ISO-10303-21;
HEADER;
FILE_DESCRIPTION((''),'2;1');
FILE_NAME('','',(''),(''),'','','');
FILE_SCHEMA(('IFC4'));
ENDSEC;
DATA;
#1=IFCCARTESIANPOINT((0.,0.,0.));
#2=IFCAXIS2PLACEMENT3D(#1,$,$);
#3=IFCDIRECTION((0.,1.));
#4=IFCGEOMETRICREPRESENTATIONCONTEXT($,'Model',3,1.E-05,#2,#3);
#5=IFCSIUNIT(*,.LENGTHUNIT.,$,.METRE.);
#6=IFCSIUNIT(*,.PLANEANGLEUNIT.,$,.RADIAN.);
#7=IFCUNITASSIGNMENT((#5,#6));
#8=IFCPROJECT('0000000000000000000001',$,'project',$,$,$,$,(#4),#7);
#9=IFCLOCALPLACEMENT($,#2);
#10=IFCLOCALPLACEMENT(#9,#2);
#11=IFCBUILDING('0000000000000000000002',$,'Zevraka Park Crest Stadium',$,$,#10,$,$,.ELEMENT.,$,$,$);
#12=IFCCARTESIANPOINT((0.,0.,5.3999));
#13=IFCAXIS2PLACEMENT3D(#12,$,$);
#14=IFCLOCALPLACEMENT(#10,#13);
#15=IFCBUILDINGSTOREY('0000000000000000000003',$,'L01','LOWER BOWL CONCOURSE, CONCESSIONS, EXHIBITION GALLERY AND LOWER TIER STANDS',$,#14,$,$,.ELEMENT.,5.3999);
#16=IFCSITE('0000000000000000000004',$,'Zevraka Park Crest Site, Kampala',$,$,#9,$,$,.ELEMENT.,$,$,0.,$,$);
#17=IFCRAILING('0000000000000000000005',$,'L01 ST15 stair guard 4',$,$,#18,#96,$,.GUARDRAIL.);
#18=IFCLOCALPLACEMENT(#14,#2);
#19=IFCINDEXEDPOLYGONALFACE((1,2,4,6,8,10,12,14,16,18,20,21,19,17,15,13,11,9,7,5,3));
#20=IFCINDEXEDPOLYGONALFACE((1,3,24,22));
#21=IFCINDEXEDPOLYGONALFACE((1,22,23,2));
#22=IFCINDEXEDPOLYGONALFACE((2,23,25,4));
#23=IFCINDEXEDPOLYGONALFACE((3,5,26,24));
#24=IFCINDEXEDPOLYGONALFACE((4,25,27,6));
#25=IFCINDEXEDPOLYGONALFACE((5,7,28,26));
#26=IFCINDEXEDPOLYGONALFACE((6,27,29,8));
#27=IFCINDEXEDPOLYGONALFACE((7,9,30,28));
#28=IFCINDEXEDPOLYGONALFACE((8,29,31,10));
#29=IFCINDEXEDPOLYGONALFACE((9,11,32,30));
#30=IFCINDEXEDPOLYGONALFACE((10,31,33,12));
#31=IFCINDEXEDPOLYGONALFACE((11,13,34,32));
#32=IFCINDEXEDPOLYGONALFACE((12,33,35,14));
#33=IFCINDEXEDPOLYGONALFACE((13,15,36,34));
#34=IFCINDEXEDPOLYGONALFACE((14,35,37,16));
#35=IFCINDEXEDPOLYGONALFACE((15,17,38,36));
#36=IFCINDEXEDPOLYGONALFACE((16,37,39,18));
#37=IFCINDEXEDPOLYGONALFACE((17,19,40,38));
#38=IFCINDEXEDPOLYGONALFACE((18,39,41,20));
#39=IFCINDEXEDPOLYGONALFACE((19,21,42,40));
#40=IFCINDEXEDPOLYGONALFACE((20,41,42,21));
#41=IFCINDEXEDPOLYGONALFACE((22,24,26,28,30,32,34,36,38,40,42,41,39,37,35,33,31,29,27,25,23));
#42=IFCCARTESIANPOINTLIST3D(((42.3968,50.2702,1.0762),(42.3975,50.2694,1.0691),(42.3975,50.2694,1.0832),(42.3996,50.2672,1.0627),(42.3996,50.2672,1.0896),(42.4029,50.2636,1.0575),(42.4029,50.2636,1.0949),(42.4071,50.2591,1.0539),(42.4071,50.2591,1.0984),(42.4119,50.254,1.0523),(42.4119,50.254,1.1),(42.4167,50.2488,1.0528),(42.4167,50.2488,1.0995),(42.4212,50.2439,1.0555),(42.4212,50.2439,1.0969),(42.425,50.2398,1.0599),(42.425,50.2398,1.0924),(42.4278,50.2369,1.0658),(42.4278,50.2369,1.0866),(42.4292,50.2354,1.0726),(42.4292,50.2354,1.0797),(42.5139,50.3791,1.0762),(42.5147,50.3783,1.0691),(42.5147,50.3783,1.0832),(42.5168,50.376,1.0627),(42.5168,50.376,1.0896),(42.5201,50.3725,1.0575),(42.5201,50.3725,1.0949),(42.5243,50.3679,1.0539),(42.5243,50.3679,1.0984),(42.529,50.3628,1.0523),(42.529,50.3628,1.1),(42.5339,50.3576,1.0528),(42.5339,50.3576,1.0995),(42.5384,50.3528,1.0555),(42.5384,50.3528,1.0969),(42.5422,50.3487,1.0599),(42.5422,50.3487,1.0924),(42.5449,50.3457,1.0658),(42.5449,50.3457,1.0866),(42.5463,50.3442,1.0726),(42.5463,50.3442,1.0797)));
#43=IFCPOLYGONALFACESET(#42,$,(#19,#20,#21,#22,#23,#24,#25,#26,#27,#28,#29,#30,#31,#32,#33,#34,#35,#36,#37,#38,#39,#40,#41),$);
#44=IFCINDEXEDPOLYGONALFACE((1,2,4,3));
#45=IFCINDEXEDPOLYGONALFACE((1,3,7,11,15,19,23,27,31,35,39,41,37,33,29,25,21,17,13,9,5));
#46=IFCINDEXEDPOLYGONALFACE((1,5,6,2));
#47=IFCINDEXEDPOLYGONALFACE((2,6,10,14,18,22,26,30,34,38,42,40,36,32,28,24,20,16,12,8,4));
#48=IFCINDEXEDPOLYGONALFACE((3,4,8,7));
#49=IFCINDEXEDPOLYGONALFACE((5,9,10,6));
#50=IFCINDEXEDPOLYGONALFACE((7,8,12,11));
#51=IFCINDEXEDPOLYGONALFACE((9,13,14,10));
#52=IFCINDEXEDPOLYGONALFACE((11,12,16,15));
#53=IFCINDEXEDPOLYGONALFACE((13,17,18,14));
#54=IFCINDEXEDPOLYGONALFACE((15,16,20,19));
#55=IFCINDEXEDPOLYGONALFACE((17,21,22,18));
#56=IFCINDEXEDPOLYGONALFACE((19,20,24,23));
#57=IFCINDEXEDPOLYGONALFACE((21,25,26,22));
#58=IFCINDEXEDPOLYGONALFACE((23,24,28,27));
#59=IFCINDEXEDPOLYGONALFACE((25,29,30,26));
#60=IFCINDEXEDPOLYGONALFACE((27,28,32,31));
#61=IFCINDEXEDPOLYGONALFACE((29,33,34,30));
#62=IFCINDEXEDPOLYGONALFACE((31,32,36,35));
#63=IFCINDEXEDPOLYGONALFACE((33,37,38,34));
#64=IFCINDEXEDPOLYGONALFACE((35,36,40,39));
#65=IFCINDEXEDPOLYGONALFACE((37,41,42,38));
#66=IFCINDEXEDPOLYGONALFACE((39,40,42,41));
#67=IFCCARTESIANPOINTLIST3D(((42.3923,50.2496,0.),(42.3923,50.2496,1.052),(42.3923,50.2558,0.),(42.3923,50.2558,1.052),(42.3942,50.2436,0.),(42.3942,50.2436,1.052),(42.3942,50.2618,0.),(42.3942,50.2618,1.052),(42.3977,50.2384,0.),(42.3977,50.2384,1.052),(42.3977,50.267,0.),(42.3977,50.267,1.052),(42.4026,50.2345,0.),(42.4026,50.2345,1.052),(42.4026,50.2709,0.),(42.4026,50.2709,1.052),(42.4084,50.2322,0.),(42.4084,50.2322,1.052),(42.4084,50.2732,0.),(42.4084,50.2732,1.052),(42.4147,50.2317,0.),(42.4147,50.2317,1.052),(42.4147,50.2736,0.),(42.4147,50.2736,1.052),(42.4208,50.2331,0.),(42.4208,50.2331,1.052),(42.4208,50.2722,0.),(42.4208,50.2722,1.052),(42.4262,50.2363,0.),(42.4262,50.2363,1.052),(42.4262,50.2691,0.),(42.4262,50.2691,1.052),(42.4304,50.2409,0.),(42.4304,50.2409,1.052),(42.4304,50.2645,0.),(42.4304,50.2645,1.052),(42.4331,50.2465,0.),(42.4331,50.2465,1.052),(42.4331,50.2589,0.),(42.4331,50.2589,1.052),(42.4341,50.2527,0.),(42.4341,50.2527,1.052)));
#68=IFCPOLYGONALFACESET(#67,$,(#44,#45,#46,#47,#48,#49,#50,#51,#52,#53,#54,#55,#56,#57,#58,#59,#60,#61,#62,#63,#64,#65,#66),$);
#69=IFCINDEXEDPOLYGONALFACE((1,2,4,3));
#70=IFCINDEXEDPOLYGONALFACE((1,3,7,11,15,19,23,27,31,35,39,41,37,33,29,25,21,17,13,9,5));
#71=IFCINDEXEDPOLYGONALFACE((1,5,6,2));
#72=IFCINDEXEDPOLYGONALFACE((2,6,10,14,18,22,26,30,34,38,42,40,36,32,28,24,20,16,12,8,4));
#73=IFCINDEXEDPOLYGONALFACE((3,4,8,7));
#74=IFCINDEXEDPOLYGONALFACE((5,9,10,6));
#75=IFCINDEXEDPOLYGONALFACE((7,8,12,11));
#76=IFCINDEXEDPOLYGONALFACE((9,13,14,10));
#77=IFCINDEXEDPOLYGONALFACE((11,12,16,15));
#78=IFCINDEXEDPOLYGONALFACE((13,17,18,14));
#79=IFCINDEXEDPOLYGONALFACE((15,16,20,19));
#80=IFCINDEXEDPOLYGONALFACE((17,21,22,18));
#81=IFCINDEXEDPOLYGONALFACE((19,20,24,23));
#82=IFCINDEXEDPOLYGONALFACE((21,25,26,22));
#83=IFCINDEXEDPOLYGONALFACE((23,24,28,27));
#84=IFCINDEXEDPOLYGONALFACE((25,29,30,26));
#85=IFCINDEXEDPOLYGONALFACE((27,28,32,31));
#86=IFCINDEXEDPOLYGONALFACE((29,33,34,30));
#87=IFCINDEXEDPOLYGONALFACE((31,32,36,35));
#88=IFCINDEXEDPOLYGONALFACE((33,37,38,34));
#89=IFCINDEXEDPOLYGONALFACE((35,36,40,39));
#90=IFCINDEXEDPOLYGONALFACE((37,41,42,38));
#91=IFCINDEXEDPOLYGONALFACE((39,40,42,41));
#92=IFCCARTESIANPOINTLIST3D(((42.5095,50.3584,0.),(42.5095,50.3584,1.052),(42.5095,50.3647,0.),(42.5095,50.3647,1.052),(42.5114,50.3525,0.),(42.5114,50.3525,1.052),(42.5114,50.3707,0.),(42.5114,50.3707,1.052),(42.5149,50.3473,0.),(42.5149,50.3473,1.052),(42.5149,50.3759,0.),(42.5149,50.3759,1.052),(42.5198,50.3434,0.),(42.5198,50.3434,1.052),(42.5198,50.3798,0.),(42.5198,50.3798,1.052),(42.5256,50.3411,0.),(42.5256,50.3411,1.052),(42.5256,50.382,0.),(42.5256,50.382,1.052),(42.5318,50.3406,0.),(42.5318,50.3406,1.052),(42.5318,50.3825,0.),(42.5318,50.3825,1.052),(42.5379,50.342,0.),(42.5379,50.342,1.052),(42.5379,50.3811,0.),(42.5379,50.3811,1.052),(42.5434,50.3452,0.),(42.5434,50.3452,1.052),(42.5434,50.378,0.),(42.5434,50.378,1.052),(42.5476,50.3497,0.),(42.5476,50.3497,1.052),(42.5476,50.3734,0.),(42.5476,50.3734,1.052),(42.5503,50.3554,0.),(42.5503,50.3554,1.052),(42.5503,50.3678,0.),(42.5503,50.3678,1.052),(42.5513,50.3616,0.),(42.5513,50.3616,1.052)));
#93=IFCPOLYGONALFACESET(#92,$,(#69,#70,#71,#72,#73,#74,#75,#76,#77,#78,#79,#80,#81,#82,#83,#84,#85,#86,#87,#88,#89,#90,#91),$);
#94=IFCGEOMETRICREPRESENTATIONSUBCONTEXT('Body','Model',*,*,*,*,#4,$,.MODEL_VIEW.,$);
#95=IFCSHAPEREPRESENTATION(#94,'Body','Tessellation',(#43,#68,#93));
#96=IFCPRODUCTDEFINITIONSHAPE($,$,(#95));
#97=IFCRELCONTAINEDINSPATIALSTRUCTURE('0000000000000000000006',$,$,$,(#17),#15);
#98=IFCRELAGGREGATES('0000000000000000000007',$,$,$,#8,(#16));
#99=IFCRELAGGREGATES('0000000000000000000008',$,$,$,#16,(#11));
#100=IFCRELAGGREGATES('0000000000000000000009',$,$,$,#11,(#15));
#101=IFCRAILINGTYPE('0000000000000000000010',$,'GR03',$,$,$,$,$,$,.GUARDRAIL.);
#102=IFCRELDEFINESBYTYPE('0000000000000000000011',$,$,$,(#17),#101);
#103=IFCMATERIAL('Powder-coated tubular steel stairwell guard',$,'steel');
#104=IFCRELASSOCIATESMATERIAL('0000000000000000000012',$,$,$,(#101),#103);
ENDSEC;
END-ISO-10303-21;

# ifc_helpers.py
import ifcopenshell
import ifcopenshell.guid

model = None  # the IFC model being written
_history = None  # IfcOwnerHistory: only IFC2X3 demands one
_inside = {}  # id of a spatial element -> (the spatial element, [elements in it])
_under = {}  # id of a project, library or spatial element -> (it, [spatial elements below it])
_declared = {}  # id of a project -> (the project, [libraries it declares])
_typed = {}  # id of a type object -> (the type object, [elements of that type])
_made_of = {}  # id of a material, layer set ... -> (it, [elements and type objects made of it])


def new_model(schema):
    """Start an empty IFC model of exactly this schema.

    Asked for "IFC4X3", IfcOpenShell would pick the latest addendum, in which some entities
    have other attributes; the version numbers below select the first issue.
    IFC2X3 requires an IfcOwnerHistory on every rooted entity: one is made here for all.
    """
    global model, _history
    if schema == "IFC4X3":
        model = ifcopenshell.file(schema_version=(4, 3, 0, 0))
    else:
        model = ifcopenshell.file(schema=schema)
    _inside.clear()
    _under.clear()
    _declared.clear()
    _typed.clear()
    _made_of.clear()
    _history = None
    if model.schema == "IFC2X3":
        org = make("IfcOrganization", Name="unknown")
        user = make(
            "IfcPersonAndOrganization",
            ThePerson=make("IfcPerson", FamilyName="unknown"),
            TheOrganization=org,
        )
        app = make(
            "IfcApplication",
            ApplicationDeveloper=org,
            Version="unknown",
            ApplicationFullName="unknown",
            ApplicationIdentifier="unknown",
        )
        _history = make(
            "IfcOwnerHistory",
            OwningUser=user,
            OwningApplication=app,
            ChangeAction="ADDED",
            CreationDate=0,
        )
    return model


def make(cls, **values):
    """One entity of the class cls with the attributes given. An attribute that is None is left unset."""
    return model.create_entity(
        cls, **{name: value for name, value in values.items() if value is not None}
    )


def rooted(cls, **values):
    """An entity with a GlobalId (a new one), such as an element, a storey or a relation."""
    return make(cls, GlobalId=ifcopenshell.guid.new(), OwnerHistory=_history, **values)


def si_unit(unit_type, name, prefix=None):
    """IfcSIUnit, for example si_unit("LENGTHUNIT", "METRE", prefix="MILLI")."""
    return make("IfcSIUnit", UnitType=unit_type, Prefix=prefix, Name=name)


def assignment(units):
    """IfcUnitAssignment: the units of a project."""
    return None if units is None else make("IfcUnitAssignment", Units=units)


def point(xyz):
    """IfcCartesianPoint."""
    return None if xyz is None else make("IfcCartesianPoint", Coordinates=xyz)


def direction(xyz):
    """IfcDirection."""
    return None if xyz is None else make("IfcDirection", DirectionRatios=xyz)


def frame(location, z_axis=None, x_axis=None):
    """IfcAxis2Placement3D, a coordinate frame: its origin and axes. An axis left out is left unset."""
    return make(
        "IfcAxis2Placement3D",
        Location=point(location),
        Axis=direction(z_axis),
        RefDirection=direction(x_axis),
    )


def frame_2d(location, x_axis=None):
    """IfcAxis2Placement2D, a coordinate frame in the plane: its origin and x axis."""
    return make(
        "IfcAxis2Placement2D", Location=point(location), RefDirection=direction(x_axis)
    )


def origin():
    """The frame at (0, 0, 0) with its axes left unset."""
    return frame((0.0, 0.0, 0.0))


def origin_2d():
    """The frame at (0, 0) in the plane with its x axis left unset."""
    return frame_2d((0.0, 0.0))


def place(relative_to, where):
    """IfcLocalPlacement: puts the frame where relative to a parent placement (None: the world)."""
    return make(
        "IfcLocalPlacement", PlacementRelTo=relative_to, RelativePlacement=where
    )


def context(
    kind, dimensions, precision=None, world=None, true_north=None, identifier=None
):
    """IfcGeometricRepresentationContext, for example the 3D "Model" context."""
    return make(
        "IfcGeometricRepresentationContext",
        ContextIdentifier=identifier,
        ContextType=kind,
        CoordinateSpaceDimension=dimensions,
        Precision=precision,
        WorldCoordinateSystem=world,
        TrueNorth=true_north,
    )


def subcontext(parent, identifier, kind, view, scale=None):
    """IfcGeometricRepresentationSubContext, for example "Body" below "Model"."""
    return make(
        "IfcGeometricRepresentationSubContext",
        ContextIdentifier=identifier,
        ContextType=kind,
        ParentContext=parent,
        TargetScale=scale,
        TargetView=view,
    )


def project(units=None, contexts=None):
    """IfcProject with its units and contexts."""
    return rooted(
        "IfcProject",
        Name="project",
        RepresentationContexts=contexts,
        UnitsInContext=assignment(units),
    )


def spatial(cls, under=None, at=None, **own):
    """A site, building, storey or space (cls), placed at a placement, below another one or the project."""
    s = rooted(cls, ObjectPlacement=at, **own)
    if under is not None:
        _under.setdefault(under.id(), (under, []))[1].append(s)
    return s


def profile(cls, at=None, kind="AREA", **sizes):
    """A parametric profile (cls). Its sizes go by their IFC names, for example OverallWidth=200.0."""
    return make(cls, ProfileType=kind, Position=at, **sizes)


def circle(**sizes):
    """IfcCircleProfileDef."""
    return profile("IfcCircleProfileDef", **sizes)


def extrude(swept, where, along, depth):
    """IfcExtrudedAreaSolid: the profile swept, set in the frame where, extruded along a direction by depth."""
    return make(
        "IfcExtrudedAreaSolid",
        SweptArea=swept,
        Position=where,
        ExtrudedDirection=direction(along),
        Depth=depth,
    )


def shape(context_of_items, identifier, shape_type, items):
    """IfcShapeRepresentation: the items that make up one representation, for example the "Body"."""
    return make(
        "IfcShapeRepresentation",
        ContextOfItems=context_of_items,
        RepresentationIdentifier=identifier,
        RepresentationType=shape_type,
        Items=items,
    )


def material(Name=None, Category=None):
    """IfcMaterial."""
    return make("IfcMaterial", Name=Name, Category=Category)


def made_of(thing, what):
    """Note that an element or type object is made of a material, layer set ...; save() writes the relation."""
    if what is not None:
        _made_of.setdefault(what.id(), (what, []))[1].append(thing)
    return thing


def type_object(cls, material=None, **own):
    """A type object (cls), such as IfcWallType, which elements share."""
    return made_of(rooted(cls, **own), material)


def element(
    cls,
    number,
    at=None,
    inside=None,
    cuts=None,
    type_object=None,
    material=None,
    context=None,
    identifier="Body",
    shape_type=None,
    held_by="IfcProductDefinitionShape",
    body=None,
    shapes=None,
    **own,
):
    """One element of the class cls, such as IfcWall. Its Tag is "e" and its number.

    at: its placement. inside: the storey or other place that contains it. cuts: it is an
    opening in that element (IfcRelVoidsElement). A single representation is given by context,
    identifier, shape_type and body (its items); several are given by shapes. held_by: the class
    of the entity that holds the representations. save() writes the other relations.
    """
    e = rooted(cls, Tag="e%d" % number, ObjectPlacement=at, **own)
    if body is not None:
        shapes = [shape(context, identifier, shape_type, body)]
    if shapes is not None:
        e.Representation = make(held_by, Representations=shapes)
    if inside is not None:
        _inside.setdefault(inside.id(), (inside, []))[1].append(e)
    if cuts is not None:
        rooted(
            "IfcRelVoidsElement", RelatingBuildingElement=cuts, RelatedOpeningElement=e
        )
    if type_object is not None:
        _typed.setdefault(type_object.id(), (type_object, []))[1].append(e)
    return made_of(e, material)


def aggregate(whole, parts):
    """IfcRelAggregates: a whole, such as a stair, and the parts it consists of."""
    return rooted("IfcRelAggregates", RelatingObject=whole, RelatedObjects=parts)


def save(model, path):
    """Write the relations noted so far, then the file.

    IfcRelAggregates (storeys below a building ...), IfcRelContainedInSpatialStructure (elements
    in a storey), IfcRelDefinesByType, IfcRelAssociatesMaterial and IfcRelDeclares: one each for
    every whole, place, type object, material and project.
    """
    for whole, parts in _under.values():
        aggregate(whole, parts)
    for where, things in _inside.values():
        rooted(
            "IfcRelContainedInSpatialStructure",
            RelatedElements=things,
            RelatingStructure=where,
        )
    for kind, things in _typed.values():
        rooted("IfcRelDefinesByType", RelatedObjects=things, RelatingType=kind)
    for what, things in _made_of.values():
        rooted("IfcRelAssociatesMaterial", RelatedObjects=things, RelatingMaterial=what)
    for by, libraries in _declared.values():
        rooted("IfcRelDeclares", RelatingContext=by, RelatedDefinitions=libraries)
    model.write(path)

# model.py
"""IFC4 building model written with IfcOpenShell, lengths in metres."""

from ifc_helpers import new_model, si_unit, direction, frame, origin, origin_2d, place, context, subcontext, project, spatial, circle, extrude, material, type_object, element, save


model = new_model("IFC4")

# Units and contexts
model_context = context("Model", 3, precision=1e-05, world=origin(), true_north=direction((0.0, 1.0)))
body_context = subcontext(model_context, "Body", "Model", "MODEL_VIEW")
ifc_project = project(units=[si_unit("LENGTHUNIT", "METRE"), si_unit("PLANEANGLEUNIT", "RADIAN")], contexts=[model_context])

# Site, building, storey
site_placement = place(None, origin())
site = spatial("IfcSite", under=ifc_project, at=site_placement, Name="Zevraka Park Crest Site, Kampala", CompositionType="ELEMENT", RefElevation=0.0)
building_placement = place(site_placement, origin())
building = spatial("IfcBuilding", under=site, at=building_placement, Name="Zevraka Park Crest Stadium", CompositionType="ELEMENT")
storey_placement = place(building_placement, frame((0.0, 0.0, 5.3999)))
storey = spatial("IfcBuildingStorey", under=building, at=storey_placement, Name="L01", Description="LOWER BOWL CONCOURSE, CONCESSIONS, EXHIBITION GALLERY AND LOWER TIER STANDS", CompositionType="ELEMENT", Elevation=5.3999)

# Railing
ifc_material_1 = material(Name="Powder-coated tubular steel stairwell guard", Category="steel")
railing_type_1 = type_object("IfcRailingType", Name="GR03", PredefinedType="GUARDRAIL", material=ifc_material_1)
railing_1_placement = place(storey_placement, frame((42.4131, 50.2527, 0.0)))
element("IfcRailing", 1, at=railing_1_placement, inside=storey, type_object=railing_type_1, Name="L01 ST15 stair guard 4", PredefinedType="GUARDRAIL", context=body_context, shape_type="SweptSolid", body=[
    extrude(circle(Radius=0.0239, at=origin_2d()), frame((0.0, 0.0, 1.0762), z_axis=(0.732576, 0.680685, 0.0), x_axis=(-0.680685, 0.732576, 0.0)), (0.0, 0.0, 1.0), 0.1599),
    extrude(circle(Radius=0.021, at=origin_2d()), origin(), (0.0, 0.0, 1.0), 1.052),
    extrude(circle(Radius=0.021, at=origin_2d()), frame((0.1172, 0.1089, 0.0)), (0.0, 0.0, 1.0), 1.052),
])

save(model, "model.ifc")
